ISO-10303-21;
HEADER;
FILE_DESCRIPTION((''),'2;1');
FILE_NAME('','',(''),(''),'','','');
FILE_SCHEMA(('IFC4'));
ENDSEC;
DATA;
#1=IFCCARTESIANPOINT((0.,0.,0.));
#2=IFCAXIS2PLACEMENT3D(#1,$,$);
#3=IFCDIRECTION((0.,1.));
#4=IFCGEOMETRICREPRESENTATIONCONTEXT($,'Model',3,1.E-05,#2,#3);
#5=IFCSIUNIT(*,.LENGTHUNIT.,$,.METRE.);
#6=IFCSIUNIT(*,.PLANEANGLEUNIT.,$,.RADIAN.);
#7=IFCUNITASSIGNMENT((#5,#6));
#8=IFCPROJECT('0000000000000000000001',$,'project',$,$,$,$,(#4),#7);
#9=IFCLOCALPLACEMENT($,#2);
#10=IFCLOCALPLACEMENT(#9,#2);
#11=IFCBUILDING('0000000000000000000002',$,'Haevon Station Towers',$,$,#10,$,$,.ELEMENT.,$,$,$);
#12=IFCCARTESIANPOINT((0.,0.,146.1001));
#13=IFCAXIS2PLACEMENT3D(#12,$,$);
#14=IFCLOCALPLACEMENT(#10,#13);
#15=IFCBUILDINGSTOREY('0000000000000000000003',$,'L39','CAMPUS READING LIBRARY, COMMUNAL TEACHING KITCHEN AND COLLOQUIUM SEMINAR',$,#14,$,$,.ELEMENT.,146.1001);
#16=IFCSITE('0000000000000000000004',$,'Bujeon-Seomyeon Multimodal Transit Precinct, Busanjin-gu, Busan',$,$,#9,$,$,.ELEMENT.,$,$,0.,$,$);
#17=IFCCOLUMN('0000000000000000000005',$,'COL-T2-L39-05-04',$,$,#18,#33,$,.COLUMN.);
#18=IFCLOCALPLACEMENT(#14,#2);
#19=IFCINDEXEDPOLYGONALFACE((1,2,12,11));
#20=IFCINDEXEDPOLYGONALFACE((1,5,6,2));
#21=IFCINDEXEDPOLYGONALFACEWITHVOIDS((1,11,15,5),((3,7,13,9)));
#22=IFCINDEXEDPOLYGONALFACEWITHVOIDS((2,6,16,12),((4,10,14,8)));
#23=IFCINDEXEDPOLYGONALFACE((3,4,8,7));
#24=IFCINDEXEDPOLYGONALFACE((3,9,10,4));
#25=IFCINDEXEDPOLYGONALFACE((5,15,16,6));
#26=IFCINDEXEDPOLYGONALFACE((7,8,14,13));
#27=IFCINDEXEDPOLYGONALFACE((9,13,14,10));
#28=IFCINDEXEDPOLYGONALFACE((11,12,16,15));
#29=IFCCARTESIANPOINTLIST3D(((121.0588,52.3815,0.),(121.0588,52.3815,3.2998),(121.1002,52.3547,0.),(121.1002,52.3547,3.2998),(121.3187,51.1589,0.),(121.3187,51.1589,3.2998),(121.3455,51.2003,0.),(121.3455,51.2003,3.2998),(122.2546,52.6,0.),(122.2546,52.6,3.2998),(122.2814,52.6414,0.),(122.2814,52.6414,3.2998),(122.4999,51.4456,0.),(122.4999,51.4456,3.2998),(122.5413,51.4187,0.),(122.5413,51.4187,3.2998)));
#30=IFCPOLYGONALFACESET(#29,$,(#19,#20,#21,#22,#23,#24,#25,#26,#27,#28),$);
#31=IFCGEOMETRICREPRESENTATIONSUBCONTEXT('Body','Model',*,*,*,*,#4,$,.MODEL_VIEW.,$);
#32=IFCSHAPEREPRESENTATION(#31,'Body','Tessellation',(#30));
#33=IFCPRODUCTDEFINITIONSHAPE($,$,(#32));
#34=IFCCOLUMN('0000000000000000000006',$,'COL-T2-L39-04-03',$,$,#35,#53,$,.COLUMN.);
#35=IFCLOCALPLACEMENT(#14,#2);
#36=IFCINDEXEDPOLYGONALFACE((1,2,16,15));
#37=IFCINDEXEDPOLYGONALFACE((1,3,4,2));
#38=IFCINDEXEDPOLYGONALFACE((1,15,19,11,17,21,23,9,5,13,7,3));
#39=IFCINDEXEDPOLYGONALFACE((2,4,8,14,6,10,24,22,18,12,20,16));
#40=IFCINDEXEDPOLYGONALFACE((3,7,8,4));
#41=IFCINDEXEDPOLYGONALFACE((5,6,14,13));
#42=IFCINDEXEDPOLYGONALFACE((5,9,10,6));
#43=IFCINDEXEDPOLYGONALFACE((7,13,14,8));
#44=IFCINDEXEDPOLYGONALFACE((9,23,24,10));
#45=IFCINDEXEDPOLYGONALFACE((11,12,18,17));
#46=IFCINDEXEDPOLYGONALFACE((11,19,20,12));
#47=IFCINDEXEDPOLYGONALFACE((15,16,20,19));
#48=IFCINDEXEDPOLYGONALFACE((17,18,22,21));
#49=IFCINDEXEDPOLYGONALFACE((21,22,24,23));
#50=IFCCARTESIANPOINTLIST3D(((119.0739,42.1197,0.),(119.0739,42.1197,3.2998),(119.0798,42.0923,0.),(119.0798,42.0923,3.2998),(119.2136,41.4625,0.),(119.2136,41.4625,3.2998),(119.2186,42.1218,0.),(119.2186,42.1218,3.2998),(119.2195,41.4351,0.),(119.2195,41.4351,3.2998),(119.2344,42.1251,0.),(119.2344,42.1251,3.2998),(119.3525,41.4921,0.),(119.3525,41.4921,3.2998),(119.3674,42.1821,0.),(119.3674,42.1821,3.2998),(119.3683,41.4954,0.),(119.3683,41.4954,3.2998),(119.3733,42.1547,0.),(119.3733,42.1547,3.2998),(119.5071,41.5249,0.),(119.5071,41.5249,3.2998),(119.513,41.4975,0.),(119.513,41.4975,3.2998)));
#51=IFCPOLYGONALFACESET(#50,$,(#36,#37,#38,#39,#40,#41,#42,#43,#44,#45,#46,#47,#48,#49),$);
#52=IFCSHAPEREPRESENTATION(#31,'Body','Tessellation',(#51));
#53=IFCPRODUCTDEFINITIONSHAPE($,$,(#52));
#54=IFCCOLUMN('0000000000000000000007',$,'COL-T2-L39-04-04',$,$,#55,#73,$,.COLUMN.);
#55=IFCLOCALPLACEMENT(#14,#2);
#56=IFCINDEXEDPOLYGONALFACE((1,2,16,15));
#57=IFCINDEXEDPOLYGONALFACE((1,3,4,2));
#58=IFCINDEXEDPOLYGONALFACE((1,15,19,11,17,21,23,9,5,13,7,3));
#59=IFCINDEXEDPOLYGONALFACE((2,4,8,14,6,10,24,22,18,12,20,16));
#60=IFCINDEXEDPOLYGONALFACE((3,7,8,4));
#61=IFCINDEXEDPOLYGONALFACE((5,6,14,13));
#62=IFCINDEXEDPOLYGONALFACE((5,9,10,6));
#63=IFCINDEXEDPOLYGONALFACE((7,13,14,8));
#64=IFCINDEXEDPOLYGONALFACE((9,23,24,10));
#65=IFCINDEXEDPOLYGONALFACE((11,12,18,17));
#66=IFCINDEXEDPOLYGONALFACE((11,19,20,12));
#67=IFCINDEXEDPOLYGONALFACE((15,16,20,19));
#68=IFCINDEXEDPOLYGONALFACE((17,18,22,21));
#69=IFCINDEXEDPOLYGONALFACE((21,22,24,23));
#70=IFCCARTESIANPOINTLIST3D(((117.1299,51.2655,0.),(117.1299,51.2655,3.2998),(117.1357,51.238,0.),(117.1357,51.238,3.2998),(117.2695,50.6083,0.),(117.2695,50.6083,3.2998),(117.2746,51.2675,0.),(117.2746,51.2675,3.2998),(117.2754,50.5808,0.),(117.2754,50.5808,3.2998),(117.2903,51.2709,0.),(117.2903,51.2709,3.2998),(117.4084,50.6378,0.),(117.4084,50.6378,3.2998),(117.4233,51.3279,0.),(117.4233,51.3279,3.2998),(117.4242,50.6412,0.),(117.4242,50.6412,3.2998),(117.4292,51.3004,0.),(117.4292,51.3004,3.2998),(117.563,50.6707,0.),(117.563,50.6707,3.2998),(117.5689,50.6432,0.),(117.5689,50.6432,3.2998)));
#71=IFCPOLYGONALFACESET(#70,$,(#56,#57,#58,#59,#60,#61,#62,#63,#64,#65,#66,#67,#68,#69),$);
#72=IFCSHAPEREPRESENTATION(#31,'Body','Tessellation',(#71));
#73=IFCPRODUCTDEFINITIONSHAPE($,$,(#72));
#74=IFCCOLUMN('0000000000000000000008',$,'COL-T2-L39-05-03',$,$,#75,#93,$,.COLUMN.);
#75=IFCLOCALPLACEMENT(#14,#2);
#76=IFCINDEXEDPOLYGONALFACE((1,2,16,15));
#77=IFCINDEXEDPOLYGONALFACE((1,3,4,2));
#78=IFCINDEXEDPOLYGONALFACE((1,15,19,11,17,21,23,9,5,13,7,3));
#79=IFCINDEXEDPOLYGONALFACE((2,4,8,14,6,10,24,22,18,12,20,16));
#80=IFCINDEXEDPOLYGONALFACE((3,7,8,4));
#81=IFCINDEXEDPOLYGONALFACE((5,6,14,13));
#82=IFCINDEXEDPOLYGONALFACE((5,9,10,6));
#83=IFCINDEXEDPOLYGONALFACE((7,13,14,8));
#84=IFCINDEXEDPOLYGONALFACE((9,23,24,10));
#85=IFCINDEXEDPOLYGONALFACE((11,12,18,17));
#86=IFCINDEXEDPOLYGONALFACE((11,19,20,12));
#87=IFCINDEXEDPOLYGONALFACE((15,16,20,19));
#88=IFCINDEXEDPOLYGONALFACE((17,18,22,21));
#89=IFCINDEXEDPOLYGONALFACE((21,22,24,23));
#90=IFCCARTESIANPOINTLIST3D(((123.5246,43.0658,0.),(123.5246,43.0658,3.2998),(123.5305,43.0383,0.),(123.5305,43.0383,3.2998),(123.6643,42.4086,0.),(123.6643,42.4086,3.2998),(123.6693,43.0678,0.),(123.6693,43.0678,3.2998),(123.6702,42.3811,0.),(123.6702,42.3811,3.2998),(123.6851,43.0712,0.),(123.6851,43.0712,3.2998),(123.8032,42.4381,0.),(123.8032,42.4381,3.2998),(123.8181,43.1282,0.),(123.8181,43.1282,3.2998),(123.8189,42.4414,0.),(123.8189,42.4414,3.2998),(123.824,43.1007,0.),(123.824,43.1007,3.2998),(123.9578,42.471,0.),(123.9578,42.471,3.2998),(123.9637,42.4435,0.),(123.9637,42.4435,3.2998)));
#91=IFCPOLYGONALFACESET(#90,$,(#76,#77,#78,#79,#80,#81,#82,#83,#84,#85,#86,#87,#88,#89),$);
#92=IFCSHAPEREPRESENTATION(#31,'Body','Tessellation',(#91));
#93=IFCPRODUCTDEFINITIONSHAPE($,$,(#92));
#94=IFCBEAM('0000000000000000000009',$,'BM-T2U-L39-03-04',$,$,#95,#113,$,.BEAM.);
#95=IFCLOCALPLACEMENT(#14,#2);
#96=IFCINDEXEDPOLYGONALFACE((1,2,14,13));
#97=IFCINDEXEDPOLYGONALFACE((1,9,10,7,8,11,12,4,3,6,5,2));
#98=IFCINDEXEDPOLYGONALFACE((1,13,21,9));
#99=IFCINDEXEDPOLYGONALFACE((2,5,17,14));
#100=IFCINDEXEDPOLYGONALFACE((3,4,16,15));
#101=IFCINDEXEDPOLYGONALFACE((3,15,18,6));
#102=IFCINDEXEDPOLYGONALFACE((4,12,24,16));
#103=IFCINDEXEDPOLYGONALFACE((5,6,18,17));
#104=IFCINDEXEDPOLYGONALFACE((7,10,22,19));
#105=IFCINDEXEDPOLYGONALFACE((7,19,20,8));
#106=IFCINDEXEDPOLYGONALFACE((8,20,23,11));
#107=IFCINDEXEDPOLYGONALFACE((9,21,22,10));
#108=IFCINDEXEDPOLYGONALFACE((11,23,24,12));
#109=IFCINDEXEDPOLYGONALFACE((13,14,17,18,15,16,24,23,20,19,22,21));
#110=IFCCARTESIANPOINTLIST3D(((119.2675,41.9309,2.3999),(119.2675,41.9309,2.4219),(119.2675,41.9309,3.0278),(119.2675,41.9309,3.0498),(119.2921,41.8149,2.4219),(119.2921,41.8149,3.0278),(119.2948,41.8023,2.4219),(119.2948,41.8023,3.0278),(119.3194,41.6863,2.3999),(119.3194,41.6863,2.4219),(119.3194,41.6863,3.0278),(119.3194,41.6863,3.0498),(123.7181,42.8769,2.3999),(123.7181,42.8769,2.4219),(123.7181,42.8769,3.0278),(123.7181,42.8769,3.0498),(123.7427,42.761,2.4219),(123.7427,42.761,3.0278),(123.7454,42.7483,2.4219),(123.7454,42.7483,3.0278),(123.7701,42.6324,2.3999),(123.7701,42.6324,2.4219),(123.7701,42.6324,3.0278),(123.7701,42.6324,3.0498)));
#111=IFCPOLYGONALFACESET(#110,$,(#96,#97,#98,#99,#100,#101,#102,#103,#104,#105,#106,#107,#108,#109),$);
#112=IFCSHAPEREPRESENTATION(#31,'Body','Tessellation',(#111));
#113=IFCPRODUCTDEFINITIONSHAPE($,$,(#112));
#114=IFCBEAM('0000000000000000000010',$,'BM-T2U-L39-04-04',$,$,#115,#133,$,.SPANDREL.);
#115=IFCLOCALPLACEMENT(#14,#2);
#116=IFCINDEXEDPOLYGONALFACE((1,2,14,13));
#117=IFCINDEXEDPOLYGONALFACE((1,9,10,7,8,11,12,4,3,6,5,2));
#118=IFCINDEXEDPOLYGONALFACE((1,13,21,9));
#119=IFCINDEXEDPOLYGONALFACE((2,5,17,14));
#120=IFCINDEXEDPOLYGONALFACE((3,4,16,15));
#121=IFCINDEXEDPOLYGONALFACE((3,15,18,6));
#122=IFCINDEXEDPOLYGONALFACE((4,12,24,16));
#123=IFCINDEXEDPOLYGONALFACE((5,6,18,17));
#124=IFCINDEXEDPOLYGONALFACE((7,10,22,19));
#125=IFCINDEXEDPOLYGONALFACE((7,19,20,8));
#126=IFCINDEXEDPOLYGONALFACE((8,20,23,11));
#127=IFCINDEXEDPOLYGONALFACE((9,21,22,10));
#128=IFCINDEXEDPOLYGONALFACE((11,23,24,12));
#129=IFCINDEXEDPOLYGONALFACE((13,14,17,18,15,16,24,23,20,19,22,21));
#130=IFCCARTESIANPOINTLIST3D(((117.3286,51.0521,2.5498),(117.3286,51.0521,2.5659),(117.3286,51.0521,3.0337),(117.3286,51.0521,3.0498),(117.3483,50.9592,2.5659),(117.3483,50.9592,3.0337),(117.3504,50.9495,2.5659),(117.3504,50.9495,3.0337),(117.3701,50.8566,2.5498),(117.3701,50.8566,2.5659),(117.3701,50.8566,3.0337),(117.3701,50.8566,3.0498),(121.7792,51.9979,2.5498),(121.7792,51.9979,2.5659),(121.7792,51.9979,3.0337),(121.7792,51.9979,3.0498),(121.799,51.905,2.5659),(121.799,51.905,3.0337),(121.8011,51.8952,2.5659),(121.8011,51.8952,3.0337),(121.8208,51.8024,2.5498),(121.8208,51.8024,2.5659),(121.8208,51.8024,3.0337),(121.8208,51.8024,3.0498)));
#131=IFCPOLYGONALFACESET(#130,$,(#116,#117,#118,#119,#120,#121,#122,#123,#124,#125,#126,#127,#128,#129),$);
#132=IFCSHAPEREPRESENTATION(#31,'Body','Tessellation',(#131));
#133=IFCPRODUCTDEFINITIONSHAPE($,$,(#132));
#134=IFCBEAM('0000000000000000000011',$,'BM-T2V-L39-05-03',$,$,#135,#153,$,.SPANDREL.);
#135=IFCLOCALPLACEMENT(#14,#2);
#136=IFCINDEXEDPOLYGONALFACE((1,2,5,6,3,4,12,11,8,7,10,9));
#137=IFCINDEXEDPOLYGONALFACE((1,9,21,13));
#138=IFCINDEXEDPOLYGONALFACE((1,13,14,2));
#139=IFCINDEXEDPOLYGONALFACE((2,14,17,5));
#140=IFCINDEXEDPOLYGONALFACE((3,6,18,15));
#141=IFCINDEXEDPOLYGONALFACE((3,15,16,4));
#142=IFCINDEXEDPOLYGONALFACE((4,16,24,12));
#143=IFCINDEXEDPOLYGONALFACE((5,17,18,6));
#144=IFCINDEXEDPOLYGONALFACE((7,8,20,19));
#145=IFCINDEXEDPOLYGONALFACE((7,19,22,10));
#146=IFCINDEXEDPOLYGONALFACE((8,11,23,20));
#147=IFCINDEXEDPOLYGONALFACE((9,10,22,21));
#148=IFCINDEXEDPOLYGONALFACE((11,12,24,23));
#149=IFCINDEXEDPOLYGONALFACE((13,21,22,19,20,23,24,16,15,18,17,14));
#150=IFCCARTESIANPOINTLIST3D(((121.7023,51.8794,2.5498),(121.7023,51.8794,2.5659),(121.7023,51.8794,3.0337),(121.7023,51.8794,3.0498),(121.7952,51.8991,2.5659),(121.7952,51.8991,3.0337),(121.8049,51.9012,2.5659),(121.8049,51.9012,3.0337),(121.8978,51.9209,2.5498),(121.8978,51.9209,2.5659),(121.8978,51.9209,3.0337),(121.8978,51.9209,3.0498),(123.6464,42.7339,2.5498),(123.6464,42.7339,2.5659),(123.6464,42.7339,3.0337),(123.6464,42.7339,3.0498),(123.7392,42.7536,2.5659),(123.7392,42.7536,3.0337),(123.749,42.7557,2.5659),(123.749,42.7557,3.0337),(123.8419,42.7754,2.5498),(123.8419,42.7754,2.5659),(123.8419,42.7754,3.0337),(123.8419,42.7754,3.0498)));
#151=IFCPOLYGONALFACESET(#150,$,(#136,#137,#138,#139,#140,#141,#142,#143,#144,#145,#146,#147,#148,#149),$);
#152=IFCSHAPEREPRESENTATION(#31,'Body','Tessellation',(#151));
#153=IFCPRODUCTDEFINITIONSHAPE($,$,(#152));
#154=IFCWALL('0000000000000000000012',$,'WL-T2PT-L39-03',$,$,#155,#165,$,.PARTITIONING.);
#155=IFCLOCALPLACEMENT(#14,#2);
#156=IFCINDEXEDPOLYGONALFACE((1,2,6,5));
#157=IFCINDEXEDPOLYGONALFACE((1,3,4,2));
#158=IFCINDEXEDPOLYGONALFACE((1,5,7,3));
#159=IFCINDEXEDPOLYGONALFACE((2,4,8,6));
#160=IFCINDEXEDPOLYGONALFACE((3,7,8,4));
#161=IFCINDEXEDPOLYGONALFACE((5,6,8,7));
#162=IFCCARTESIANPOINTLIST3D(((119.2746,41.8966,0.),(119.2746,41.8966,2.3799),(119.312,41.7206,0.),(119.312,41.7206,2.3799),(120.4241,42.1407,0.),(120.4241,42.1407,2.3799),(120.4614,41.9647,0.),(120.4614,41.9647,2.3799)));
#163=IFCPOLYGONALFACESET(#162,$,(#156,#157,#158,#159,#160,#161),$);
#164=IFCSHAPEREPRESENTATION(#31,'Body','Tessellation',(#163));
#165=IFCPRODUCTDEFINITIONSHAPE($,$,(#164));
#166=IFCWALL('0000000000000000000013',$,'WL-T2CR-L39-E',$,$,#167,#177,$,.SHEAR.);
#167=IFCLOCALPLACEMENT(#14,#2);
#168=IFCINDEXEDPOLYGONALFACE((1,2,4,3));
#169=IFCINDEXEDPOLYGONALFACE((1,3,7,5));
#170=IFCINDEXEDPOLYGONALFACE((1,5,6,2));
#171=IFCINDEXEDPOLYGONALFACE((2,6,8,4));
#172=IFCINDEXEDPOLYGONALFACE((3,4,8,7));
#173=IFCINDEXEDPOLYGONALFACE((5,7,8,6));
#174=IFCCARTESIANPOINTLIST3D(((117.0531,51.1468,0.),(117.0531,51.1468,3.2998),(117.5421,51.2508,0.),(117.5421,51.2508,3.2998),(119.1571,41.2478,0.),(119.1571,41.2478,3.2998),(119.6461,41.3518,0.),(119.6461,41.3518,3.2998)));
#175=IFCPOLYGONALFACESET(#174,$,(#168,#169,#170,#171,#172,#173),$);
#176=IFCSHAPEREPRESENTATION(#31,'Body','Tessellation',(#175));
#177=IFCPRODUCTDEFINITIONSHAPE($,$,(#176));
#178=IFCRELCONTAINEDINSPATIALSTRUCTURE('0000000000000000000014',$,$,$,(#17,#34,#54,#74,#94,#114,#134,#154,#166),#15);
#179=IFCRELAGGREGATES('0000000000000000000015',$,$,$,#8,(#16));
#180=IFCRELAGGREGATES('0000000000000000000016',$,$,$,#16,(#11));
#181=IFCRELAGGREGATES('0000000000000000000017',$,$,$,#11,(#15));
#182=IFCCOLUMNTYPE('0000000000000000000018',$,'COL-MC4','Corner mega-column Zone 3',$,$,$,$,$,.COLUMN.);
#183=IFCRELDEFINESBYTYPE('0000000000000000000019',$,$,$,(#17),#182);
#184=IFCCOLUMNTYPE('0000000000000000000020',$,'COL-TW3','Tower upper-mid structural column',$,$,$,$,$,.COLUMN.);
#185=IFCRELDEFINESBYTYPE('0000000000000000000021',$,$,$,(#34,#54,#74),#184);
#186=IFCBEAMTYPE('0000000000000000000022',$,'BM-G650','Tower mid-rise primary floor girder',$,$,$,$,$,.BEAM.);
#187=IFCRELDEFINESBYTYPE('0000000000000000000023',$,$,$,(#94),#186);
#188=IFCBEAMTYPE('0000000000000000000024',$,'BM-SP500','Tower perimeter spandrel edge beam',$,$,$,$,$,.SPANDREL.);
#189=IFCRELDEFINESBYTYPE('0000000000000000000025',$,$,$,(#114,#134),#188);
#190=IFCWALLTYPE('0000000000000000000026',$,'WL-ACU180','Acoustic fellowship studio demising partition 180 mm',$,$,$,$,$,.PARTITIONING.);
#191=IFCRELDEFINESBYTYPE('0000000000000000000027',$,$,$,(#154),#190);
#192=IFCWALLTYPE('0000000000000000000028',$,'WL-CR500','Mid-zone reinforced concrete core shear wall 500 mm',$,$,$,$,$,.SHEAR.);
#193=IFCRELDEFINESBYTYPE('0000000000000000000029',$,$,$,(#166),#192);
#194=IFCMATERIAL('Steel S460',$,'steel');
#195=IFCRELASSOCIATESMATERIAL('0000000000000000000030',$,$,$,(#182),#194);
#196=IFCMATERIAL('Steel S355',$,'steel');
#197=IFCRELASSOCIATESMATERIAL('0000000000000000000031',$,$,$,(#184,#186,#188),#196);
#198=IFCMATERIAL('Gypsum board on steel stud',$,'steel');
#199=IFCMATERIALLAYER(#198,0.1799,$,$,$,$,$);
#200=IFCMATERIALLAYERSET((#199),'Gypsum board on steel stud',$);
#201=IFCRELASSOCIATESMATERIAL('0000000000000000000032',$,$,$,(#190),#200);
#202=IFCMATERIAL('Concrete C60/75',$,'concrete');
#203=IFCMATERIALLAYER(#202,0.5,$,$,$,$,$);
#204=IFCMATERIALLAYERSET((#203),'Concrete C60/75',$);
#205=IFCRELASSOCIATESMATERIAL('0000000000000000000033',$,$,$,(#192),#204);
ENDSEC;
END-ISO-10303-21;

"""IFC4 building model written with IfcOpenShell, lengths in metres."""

from ifc_helpers import new_model, si_unit, direction, frame, frame_2d, origin, origin_2d, place, context, subcontext, project, spatial, rectangle, hollow_rectangle, i_section, extrude, material, layer, layer_set, material_profile, profile_set, type_object, element, save


model = new_model("IFC4")

# Units and contexts
model_context = context("Model", 3, precision=1e-05, world=origin(), true_north=direction((0.0, 1.0)))
body_context = subcontext(model_context, "Body", "Model", "MODEL_VIEW")
ifc_project = project(units=[si_unit("LENGTHUNIT", "METRE"), si_unit("PLANEANGLEUNIT", "RADIAN")], contexts=[model_context])

# Site, building, storey
site_placement = place(None, origin())
site = spatial("IfcSite", under=ifc_project, at=site_placement, Name="Bujeon-Seomyeon Multimodal Transit Precinct, Busanjin-gu, Busan", CompositionType="ELEMENT", RefElevation=0.0)
building_placement = place(site_placement, origin())
building = spatial("IfcBuilding", under=site, at=building_placement, Name="Haevon Station Towers", CompositionType="ELEMENT")
storey_placement = place(building_placement, frame((0.0, 0.0, 146.1001)))
storey = spatial("IfcBuildingStorey", under=building, at=storey_placement, Name="L39", Description="CAMPUS READING LIBRARY, COMMUNAL TEACHING KITCHEN AND COLLOQUIUM SEMINAR", CompositionType="ELEMENT", Elevation=146.1001)

# Columns
ifc_material_1 = material(Name="Steel S460", Category="steel")
ifc_material_profile_1 = material_profile(ifc_material_1, hollow_rectangle(XDim=1.25, YDim=1.25, WallThickness=0.0349, at=origin_2d()), Name="BOX-1250x1250x35")
ifc_profile_set_1 = profile_set([ifc_material_profile_1], Name="Steel S460")
column_type_1 = type_object("IfcColumnType", Name="COL-MC4", Description="Corner mega-column Zone 3", PredefinedType="COLUMN", material=ifc_profile_set_1)
column_placement = place(storey_placement, frame((121.8, 51.9001, 0.0), z_axis=(0.0, 0.0, 1.0), x_axis=(0.978148, 0.207912, 0.0)))
element("IfcColumn", 1, at=column_placement, inside=storey, type_object=column_type_1, Name="COL-T2-L39-05-04", PredefinedType="COLUMN", context=body_context, shape_type="SweptSolid", body=[
    extrude(hollow_rectangle(XDim=1.25, YDim=1.25, WallThickness=0.0349, at=origin_2d()), origin(), (0.0, 0.0, 1.0), 3.2998),
])
ifc_material_2 = material(Name="Steel S355", Category="steel")
ifc_material_profile_2 = material_profile(ifc_material_2, i_section(OverallWidth=0.3, OverallDepth=0.7, WebThickness=0.0161, FlangeThickness=0.0281, at=origin_2d()), Name="H-700x300x16x28")
ifc_profile_set_2 = profile_set([ifc_material_profile_2], Name="Steel S355")
column_type_2 = type_object("IfcColumnType", Name="COL-TW3", Description="Tower upper-mid structural column", PredefinedType="COLUMN", material=ifc_profile_set_2)
for number, where, z_axis, x_axis, name in (
    (2, (119.2935, 41.8086, 0.0), (0.0, 0.0, 1.0), (0.978148, 0.207912, 0.0), "COL-T2-L39-04-03"),
    (3, (117.3494, 50.9543, 0.0), (0.0, 0.0, 1.0), (0.978148, 0.207912, 0.0), "COL-T2-L39-04-04"),
    (4, (123.7441, 42.7546, 0.0), (0.0, 0.0, 1.0), (0.978148, 0.207912, 0.0), "COL-T2-L39-05-03"),
):
    element("IfcColumn", number, at=place(storey_placement, frame(where, z_axis=z_axis, x_axis=x_axis)), inside=storey, type_object=column_type_2, Name=name, PredefinedType="COLUMN", context=body_context, shape_type="SweptSolid", body=[
        extrude(i_section(OverallWidth=0.3, OverallDepth=0.7, WebThickness=0.0161, FlangeThickness=0.0281, at=origin_2d()), origin(), (0.0, 0.0, 1.0), 3.2998),
    ])

# Beams
ifc_material_profile_3 = material_profile(ifc_material_2, i_section(OverallWidth=0.25, OverallDepth=0.6499, WebThickness=0.0129, FlangeThickness=0.022, at=origin_2d()), Name="H-650x250x13x22")
ifc_profile_set_3 = profile_set([ifc_material_profile_3], Name="Steel S355")
beam_type_1 = type_object("IfcBeamType", Name="BM-G650", Description="Tower mid-rise primary floor girder", PredefinedType="BEAM", material=ifc_profile_set_3)
beam_1_placement = place(storey_placement, frame((119.2935, 41.8086, 2.7249), z_axis=(0.978147, 0.207917, 0.0), x_axis=(-0.207917, 0.978147, 0.0)))
element("IfcBeam", 5, at=beam_1_placement, inside=storey, type_object=beam_type_1, Name="BM-T2U-L39-03-04", PredefinedType="BEAM", context=body_context, shape_type="SweptSolid", body=[
    extrude(i_section(OverallWidth=0.25, OverallDepth=0.6499, WebThickness=0.0129, FlangeThickness=0.022, at=origin_2d()), origin(), (0.0, 0.0, 1.0), 4.55),
])
ifc_material_profile_4 = material_profile(ifc_material_2, i_section(OverallWidth=0.2, OverallDepth=0.5, WebThickness=0.01, FlangeThickness=0.0161, at=origin_2d()), Name="H-500x200x10x16")
ifc_profile_set_4 = profile_set([ifc_material_profile_4], Name="Steel S355")
beam_type_2 = type_object("IfcBeamType", Name="BM-SP500", Description="Tower perimeter spandrel edge beam", PredefinedType="SPANDREL", material=ifc_profile_set_4)
beam_2_placement = place(storey_placement, frame((117.3494, 50.9543, 2.7998), z_axis=(0.978157, 0.207865, 0.0), x_axis=(-0.207865, 0.978157, 0.0)))
element("IfcBeam", 6, at=beam_2_placement, inside=storey, type_object=beam_type_2, Name="BM-T2U-L39-04-04", PredefinedType="SPANDREL", context=body_context, shape_type="SweptSolid", body=[
    extrude(i_section(OverallWidth=0.2, OverallDepth=0.5, WebThickness=0.01, FlangeThickness=0.0161, at=origin_2d()), origin(), (0.0, 0.0, 1.0), 4.55),
])
beam_3_placement = place(storey_placement, frame((123.7441, 42.7546, 2.7998), z_axis=(-0.207927, 0.978144, 0.0), x_axis=(-0.978144, -0.207927, 0.0)))
element("IfcBeam", 7, at=beam_3_placement, inside=storey, type_object=beam_type_2, Name="BM-T2V-L39-05-03", PredefinedType="SPANDREL", context=body_context, shape_type="SweptSolid", body=[
    extrude(i_section(OverallWidth=0.2, OverallDepth=0.5, WebThickness=0.01, FlangeThickness=0.0161, at=origin_2d()), origin(), (0.0, 0.0, 1.0), 9.3499),
])

# Walls
ifc_material_3 = material(Name="Gypsum board on steel stud", Category="steel")
ifc_layer_1 = layer(ifc_material_3, 0.1799)
ifc_layer_set_1 = layer_set([ifc_layer_1], Name="Gypsum board on steel stud")
wall_type_1 = type_object("IfcWallType", Name="WL-ACU180", Description="Acoustic fellowship studio demising partition 180 mm", PredefinedType="PARTITIONING", material=ifc_layer_set_1)
wall_1_placement = place(storey_placement, frame((119.2935, 41.8086, 0.0), z_axis=(0.0, 0.0, 1.0), x_axis=(0.978178, 0.207769, 0.0)))
element("IfcWall", 8, at=wall_1_placement, inside=storey, type_object=wall_type_1, Name="WL-T2PT-L39-03", PredefinedType="PARTITIONING", context=body_context, shape_type="SweptSolid", body=[
    extrude(rectangle(XDim=1.175, YDim=0.1799, at=frame_2d((0.5874, 0.0))), origin(), (0.0, 0.0, 1.0), 2.3799),
])
ifc_material_4 = material(Name="Concrete C60/75", Category="concrete")
ifc_layer_2 = layer(ifc_material_4, 0.5)
ifc_layer_set_2 = layer_set([ifc_layer_2], Name="Concrete C60/75")
wall_type_2 = type_object("IfcWallType", Name="WL-CR500", Description="Mid-zone reinforced concrete core shear wall 500 mm", PredefinedType="SHEAR", material=ifc_layer_set_2)
wall_2_placement = place(storey_placement, frame((119.4016, 41.2998, 0.0), z_axis=(0.0, 0.0, 1.0), x_axis=(-0.207904, 0.978149, 0.0)))
element("IfcWall", 9, at=wall_2_placement, inside=storey, type_object=wall_type_2, Name="WL-T2CR-L39-E", PredefinedType="SHEAR", context=body_context, shape_type="SweptSolid", body=[
    extrude(rectangle(XDim=10.1201, YDim=0.5, at=frame_2d((5.0601, 0.0))), origin(), (0.0, 0.0, 1.0), 3.2998),
])

save(model, "model.ifc")
